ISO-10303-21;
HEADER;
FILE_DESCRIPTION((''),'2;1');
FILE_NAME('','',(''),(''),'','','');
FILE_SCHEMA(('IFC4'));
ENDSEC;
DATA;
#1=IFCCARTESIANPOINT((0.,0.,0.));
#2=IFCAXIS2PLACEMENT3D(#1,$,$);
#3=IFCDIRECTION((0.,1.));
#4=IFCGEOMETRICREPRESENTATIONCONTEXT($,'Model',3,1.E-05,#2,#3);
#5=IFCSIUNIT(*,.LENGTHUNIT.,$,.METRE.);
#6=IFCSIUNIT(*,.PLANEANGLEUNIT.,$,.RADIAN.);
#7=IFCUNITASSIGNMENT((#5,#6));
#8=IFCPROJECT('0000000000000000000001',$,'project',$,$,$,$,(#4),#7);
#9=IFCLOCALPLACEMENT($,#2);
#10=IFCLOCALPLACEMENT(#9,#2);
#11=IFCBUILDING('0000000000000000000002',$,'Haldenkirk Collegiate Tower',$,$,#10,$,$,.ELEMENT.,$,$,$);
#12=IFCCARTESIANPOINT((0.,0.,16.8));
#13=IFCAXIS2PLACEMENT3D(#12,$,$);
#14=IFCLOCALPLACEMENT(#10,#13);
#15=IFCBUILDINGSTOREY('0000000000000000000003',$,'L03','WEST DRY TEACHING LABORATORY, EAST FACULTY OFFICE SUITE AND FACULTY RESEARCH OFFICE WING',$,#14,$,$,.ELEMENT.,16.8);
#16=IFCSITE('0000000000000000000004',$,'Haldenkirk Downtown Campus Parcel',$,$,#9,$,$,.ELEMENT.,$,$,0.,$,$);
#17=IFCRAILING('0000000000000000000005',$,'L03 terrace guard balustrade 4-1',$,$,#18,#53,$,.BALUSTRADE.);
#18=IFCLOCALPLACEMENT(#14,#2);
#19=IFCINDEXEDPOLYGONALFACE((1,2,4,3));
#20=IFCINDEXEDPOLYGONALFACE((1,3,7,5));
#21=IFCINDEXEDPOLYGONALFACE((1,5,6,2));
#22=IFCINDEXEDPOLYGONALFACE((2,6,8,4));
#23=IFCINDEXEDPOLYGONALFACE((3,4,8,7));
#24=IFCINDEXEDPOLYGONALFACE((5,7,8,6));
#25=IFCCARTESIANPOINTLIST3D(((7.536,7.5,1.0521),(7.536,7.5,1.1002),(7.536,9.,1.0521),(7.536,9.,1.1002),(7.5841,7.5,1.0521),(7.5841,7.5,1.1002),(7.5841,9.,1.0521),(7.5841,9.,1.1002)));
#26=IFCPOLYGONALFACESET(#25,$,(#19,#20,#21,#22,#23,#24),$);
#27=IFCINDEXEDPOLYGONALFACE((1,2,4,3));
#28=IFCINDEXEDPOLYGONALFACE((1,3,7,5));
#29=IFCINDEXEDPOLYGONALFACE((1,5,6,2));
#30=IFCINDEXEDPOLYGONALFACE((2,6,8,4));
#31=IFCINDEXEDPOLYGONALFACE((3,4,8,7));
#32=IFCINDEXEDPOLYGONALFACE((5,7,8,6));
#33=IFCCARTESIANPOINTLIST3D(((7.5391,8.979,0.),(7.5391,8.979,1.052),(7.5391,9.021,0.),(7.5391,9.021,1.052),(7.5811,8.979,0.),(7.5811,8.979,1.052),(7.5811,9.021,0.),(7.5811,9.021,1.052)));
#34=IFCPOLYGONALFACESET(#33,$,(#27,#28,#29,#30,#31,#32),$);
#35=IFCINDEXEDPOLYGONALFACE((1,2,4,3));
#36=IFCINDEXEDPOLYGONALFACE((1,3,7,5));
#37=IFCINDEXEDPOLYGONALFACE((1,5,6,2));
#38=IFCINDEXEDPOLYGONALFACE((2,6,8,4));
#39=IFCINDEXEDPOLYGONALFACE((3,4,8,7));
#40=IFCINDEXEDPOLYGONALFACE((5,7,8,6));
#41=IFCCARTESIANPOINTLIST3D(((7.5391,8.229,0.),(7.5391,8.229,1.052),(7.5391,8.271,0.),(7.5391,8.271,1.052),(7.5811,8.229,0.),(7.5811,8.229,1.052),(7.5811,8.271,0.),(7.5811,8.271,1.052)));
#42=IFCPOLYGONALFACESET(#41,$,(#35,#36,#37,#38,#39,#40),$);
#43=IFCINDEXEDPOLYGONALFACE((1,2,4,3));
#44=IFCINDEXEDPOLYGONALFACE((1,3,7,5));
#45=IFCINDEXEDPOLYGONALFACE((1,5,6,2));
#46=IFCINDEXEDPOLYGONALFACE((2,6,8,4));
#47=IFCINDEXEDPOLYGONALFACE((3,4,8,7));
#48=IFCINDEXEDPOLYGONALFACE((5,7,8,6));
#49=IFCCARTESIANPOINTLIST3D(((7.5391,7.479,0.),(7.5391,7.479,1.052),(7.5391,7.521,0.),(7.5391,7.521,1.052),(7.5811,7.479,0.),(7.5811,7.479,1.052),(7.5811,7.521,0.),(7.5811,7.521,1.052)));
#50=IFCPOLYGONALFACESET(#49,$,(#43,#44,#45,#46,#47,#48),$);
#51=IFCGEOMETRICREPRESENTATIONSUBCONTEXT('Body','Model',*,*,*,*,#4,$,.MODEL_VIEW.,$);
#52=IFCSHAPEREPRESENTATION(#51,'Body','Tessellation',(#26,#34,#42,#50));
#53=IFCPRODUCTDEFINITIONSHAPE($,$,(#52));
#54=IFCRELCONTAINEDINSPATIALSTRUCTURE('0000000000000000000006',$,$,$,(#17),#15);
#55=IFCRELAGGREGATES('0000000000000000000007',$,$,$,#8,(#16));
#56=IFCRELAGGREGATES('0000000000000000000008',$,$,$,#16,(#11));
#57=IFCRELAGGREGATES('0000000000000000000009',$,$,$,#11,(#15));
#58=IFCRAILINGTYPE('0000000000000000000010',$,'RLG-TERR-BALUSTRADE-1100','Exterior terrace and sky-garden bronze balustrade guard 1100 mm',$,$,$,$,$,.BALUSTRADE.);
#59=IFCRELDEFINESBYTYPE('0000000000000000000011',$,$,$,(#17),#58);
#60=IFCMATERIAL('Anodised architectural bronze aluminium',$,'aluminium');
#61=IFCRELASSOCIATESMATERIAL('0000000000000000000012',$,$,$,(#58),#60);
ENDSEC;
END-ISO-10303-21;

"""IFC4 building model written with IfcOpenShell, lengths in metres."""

from ifc_helpers import new_model, si_unit, direction, frame, origin, origin_2d, place, context, subcontext, project, spatial, rectangle, extrude, material, type_object, element, save


model = new_model("IFC4")

# Units and contexts
model_context = context("Model", 3, precision=1e-05, world=origin(), true_north=direction((0.0, 1.0)))
body_context = subcontext(model_context, "Body", "Model", "MODEL_VIEW")
ifc_project = project(units=[si_unit("LENGTHUNIT", "METRE"), si_unit("PLANEANGLEUNIT", "RADIAN")], contexts=[model_context])

# Site, building, storey
site_placement = place(None, origin())
site = spatial("IfcSite", under=ifc_project, at=site_placement, Name="Haldenkirk Downtown Campus Parcel", CompositionType="ELEMENT", RefElevation=0.0)
building_placement = place(site_placement, origin())
building = spatial("IfcBuilding", under=site, at=building_placement, Name="Haldenkirk Collegiate Tower", CompositionType="ELEMENT")
storey_placement = place(building_placement, frame((0.0, 0.0, 16.8)))
storey = spatial("IfcBuildingStorey", under=building, at=storey_placement, Name="L03", Description="WEST DRY TEACHING LABORATORY, EAST FACULTY OFFICE SUITE AND FACULTY RESEARCH OFFICE WING", CompositionType="ELEMENT", Elevation=16.8)

# Railing
ifc_material_1 = material(Name="Anodised architectural bronze aluminium", Category="aluminium")
railing_type = type_object("IfcRailingType", Name="RLG-TERR-BALUSTRADE-1100", Description="Exterior terrace and sky-garden bronze balustrade guard 1100 mm", PredefinedType="BALUSTRADE", material=ifc_material_1)
railing_1_placement = place(storey_placement, frame((7.5601, 9.0, 0.0)))
element("IfcRailing", 1, at=railing_1_placement, inside=storey, type_object=railing_type, Name="L03 terrace guard balustrade 4-1", PredefinedType="BALUSTRADE", context=body_context, shape_type="SweptSolid", body=[
    extrude(rectangle(XDim=0.0481, YDim=0.0481, at=origin_2d()), frame((0.0, 0.0, 1.0762), z_axis=(0.0, -1.0, 0.0), x_axis=(1.0, 0.0, 0.0)), (0.0, 0.0, 1.0), 1.5),
    extrude(rectangle(XDim=0.042, YDim=0.042, at=origin_2d()), origin(), (0.0, 0.0, 1.0), 1.052),
    extrude(rectangle(XDim=0.042, YDim=0.042, at=origin_2d()), frame((0.0, -0.75, 0.0)), (0.0, 0.0, 1.0), 1.052),
    extrude(rectangle(XDim=0.042, YDim=0.042, at=origin_2d()), frame((0.0, -1.5, 0.0)), (0.0, 0.0, 1.0), 1.052),
])

save(model, "model.ifc")
